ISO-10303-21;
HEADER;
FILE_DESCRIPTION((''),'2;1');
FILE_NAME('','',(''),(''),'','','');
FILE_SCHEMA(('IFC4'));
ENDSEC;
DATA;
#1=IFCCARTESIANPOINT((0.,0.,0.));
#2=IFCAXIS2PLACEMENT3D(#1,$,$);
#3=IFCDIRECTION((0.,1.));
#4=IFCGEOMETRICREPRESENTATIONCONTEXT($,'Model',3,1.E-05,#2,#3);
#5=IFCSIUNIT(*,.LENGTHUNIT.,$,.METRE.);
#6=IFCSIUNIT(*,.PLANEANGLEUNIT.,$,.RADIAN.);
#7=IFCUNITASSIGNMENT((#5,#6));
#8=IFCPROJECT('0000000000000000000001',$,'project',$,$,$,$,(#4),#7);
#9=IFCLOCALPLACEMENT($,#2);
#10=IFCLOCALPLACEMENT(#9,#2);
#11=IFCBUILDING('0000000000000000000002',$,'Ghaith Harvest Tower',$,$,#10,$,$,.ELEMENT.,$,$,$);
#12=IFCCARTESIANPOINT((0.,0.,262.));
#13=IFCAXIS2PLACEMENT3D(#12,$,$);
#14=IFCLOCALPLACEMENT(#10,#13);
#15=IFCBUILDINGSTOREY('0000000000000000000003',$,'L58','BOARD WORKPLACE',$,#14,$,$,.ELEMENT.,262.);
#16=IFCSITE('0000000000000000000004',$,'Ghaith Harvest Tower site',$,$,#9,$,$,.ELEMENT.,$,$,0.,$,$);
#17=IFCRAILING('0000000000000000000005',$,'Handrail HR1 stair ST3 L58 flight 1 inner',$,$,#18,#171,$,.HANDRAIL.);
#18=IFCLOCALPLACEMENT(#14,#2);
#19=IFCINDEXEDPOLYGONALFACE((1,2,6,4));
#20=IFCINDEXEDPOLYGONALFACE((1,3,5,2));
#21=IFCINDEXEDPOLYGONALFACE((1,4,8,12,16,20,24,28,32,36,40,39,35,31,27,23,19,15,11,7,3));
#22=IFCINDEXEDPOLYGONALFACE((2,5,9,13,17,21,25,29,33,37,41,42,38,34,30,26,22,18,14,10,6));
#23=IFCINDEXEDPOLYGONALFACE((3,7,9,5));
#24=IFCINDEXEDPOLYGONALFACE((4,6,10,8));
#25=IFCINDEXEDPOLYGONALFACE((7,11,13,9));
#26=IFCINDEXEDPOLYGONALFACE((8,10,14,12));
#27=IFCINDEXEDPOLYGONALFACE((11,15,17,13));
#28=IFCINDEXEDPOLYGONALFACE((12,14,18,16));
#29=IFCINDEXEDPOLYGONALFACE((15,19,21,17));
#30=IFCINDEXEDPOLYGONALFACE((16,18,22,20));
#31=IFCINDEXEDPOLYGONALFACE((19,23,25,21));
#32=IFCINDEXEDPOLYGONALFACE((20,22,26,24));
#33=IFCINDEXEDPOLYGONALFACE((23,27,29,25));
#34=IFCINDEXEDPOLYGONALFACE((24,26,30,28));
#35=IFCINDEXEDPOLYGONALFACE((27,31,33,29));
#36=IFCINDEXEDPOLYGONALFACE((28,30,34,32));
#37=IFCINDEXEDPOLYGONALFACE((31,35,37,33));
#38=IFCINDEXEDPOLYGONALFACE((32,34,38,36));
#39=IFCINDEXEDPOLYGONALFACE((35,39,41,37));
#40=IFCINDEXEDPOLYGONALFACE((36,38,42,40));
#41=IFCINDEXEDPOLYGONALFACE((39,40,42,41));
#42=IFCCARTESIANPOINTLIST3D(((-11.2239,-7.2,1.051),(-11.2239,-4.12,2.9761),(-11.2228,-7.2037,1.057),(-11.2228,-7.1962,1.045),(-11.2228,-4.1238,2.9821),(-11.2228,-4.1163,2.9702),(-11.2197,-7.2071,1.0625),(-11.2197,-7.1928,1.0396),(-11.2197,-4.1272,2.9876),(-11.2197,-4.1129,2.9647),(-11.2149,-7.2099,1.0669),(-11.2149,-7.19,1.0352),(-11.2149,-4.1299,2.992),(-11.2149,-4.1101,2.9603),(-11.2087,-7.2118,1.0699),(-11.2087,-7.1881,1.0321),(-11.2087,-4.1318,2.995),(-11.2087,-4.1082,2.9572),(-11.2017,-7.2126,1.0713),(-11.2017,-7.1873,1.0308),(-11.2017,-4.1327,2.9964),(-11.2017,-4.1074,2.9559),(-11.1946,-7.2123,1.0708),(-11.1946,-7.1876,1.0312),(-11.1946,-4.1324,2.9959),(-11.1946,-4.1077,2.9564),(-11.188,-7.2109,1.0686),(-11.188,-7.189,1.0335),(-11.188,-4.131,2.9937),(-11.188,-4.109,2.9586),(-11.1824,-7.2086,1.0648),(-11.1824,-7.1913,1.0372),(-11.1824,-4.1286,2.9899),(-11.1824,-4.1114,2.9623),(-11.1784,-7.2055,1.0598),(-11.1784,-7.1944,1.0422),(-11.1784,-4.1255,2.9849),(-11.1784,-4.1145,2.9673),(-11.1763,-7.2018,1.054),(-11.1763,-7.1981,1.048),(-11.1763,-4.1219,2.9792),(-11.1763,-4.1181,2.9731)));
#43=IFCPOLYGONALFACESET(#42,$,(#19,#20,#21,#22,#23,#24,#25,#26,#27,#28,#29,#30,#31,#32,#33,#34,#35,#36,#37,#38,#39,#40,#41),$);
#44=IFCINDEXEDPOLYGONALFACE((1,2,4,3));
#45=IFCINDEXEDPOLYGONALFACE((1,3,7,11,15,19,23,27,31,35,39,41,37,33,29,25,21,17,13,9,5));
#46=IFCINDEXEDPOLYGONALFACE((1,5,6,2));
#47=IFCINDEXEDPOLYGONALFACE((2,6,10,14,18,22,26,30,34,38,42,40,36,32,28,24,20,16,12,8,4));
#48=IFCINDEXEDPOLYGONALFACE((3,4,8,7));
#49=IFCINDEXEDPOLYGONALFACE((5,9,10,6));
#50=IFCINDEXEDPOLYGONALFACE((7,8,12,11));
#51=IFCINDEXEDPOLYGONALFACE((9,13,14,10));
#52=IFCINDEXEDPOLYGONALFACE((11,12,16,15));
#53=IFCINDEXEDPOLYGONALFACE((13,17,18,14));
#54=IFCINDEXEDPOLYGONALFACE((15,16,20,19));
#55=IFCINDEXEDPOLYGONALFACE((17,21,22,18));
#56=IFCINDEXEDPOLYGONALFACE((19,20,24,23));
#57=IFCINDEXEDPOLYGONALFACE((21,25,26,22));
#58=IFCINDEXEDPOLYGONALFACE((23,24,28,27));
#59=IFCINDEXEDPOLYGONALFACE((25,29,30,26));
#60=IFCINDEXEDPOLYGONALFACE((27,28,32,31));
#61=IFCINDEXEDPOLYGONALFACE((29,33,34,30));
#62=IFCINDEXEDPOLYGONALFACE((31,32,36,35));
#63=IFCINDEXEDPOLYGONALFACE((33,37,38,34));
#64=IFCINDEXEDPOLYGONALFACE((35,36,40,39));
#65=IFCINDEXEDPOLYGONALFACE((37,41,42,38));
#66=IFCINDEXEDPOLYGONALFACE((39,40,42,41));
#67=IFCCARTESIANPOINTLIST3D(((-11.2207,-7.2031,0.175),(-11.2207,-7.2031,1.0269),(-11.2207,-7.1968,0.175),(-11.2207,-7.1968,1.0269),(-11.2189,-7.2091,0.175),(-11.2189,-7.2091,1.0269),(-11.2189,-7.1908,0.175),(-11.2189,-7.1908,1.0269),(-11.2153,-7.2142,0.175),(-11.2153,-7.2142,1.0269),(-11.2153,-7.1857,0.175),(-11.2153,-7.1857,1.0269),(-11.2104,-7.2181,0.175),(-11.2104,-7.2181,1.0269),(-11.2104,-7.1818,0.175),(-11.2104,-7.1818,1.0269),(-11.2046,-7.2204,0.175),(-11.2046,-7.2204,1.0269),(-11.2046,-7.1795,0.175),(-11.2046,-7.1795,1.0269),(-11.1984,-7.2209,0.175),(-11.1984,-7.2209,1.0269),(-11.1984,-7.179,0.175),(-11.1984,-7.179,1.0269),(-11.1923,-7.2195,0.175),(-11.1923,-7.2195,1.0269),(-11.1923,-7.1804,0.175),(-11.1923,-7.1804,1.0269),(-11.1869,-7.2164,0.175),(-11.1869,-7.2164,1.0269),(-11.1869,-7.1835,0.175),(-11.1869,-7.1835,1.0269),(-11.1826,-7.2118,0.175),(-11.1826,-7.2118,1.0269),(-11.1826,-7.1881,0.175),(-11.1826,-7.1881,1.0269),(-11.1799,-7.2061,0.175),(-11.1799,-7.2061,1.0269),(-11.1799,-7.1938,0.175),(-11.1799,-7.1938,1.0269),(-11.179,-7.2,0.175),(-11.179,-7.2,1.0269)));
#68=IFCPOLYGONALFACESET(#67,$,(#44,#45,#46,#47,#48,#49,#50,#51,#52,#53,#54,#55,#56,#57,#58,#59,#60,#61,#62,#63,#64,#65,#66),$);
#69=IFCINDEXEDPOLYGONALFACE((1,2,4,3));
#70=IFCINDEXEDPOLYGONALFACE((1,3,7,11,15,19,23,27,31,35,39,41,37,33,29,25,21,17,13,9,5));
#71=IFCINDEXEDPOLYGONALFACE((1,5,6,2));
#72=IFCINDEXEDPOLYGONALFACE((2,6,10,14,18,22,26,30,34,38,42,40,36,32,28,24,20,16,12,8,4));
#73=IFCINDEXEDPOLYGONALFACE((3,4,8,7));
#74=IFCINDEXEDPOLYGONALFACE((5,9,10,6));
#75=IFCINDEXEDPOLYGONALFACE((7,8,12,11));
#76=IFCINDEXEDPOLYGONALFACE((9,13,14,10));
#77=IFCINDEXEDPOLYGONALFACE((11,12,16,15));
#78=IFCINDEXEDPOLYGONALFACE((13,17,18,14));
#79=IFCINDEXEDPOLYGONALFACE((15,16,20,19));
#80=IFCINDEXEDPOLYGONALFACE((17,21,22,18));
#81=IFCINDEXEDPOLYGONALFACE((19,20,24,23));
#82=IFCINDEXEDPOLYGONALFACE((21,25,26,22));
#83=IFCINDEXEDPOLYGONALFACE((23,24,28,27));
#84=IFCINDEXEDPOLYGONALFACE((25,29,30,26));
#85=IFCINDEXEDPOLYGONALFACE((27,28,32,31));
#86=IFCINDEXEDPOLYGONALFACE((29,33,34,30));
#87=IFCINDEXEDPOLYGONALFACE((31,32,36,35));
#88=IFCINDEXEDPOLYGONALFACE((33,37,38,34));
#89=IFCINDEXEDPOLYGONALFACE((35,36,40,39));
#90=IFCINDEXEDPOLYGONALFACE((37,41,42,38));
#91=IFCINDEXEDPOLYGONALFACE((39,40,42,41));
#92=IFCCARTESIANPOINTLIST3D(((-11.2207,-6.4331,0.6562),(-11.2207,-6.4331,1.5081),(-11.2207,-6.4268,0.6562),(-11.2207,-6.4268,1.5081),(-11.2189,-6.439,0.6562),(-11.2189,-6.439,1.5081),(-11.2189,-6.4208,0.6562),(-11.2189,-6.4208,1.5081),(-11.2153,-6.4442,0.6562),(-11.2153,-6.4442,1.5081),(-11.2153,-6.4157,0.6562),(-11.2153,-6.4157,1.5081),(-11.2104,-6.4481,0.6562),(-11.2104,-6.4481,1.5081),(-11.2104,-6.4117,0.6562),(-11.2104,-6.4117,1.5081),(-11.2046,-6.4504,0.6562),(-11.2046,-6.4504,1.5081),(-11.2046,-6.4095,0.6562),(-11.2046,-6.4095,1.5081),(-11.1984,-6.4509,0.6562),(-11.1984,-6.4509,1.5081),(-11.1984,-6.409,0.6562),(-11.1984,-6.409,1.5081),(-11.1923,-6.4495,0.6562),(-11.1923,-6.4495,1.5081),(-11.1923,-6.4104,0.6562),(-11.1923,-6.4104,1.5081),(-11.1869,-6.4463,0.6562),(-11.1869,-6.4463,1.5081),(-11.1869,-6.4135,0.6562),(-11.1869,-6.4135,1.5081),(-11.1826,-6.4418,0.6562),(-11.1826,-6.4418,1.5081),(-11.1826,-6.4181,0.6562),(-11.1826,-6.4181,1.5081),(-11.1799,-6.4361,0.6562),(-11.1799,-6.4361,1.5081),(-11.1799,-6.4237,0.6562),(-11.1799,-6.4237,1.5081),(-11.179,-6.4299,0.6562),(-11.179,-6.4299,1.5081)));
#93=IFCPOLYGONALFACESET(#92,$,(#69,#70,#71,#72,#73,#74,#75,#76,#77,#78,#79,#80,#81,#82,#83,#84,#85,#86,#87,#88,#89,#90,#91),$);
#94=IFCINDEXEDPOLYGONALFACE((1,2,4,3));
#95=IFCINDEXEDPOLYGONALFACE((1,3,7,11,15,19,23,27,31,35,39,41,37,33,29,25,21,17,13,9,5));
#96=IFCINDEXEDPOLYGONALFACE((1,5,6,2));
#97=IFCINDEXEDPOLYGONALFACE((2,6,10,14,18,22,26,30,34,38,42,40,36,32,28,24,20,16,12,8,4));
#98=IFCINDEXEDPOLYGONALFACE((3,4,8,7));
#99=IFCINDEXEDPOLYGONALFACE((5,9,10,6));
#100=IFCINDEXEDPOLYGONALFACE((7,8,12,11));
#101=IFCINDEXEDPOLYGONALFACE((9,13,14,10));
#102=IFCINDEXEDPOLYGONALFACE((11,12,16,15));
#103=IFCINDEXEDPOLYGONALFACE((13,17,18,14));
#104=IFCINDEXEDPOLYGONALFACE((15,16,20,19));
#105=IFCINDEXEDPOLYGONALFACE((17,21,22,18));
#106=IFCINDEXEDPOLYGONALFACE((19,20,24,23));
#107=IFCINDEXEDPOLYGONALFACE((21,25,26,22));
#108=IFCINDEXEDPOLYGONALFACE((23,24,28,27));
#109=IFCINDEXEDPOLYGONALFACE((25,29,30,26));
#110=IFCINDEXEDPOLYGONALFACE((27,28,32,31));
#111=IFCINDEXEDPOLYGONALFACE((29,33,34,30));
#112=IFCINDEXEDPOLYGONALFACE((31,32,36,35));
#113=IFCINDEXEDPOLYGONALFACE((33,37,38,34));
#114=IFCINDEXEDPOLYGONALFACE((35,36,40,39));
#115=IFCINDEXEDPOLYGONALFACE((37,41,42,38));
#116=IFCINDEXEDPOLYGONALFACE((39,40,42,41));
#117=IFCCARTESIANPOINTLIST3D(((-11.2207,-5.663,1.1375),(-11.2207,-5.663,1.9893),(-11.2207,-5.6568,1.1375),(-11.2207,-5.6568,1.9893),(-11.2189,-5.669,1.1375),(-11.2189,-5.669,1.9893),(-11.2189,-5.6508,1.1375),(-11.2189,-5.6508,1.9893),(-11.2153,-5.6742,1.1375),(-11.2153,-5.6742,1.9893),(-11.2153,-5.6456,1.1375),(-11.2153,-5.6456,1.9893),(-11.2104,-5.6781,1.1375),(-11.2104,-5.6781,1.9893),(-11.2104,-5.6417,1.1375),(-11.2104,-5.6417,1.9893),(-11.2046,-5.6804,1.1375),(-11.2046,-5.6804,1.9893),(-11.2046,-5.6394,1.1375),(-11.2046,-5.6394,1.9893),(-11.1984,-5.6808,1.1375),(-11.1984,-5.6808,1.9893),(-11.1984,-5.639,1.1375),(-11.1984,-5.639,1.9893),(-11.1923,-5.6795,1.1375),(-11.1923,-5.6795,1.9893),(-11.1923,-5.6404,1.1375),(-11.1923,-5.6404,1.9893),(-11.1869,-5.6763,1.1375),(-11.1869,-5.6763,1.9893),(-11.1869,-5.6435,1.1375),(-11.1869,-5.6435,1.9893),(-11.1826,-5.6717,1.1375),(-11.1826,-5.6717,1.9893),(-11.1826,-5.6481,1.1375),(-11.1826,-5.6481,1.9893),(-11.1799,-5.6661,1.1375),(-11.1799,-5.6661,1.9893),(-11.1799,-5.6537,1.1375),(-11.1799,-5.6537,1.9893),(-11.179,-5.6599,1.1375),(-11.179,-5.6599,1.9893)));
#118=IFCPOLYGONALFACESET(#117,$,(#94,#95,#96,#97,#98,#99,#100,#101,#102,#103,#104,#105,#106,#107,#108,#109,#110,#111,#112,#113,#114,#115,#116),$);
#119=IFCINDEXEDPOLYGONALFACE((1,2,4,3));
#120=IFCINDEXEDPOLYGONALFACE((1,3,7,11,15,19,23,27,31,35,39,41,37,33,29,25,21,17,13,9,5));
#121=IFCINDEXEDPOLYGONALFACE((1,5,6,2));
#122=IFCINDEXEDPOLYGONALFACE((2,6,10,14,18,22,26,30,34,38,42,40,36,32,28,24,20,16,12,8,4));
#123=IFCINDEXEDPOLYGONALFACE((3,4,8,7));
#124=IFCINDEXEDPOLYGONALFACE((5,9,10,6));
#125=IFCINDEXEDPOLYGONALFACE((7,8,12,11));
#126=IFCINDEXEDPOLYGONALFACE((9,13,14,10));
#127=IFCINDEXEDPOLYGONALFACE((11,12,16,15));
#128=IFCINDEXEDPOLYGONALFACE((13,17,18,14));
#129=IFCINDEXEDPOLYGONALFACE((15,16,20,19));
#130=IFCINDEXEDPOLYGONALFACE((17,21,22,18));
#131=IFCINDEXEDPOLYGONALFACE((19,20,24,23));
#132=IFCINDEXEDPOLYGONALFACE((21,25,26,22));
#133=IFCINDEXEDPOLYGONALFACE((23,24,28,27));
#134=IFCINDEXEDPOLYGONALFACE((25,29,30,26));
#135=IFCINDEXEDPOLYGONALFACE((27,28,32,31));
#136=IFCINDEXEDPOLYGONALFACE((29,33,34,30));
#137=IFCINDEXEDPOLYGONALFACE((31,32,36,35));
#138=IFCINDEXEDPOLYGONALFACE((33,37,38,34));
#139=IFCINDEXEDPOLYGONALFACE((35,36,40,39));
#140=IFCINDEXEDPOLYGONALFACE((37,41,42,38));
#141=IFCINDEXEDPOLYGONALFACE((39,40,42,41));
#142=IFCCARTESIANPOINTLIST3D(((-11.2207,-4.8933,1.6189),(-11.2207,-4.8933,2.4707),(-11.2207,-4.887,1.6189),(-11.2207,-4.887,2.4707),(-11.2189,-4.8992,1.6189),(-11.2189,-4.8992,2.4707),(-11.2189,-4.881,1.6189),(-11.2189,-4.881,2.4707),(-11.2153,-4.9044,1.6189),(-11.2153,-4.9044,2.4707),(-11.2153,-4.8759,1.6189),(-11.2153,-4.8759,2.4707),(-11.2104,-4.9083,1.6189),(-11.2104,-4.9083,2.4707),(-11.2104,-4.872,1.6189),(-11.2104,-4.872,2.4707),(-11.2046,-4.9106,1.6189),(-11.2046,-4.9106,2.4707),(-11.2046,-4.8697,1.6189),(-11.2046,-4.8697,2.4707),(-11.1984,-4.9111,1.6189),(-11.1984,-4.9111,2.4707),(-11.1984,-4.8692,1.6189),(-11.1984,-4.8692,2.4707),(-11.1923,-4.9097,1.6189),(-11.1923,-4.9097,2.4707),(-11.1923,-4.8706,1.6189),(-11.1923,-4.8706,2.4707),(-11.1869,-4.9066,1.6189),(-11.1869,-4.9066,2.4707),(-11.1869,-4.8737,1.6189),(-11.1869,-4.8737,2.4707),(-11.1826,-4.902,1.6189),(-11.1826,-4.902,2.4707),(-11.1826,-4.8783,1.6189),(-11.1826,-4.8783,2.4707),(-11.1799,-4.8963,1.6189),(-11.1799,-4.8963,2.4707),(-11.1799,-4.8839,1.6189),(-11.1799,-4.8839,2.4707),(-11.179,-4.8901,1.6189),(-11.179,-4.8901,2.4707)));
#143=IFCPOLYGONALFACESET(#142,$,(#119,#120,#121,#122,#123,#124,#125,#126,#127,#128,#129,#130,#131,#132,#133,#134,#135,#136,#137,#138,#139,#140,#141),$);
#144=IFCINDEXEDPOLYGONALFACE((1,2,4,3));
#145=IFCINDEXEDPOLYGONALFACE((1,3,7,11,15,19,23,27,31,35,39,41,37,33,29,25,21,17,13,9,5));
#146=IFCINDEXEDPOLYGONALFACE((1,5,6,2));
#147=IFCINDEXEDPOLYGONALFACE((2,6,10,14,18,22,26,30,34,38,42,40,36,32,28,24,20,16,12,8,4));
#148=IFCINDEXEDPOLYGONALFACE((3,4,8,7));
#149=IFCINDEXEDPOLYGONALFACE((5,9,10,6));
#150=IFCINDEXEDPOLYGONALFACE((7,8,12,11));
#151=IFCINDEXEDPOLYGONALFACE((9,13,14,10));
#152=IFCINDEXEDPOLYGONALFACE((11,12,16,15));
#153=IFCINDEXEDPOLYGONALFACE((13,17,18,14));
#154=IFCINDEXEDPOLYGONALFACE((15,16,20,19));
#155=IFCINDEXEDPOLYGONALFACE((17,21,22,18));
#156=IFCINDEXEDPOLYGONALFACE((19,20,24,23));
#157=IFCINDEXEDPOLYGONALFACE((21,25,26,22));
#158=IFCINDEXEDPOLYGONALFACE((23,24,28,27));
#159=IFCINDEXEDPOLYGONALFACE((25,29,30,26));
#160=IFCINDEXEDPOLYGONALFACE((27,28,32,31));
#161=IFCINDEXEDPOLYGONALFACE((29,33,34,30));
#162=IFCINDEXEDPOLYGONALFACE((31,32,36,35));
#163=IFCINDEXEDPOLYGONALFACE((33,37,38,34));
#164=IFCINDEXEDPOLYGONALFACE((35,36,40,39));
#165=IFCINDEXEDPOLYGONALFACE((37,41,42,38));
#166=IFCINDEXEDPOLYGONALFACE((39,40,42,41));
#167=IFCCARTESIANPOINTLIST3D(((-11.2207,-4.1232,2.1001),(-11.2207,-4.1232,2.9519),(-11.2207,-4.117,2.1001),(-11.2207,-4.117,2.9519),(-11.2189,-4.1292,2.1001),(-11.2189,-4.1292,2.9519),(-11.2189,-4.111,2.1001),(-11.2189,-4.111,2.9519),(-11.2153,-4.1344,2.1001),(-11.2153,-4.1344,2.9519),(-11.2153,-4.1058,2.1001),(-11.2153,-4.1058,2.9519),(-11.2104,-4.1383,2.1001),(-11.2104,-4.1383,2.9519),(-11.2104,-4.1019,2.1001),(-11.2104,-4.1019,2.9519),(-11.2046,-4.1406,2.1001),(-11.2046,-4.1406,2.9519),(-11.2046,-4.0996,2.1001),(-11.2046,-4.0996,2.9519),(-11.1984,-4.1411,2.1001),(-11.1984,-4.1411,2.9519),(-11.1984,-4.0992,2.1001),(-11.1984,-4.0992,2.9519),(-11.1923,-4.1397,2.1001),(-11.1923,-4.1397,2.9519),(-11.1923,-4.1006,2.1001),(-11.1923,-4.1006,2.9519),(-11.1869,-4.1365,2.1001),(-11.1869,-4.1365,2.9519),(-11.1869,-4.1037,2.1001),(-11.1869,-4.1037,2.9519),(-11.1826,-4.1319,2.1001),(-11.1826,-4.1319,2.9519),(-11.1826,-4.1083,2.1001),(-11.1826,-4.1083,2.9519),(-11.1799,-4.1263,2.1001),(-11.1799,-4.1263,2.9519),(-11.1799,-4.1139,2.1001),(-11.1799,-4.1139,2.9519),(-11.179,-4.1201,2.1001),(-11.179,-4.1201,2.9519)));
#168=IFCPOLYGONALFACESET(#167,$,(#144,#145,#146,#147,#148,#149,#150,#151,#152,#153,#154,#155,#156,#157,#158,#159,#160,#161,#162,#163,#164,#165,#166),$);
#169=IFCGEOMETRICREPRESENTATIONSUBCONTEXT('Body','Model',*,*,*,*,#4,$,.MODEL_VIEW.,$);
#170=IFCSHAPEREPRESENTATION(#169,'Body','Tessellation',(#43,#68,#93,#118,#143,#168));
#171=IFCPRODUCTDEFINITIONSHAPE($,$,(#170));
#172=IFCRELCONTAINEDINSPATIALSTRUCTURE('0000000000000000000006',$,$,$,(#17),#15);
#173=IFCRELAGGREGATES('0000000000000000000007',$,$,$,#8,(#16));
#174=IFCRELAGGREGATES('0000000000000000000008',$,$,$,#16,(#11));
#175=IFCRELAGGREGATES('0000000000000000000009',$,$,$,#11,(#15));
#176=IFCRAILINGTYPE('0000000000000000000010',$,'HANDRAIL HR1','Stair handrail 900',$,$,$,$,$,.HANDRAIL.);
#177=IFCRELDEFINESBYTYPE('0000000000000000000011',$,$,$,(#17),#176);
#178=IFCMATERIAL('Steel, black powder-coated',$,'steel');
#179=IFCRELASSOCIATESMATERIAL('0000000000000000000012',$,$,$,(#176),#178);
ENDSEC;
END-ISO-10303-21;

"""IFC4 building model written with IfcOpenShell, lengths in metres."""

from ifc_helpers import new_model, si_unit, direction, frame, origin, origin_2d, place, context, subcontext, project, spatial, circle, extrude, material, type_object, element, save


model = new_model("IFC4")

# Units and contexts
model_context = context("Model", 3, precision=1e-05, world=origin(), true_north=direction((0.0, 1.0)))
body_context = subcontext(model_context, "Body", "Model", "MODEL_VIEW")
ifc_project = project(units=[si_unit("LENGTHUNIT", "METRE"), si_unit("PLANEANGLEUNIT", "RADIAN")], contexts=[model_context])

# Site, building, storey
site_placement = place(None, origin())
site = spatial("IfcSite", under=ifc_project, at=site_placement, Name="Ghaith Harvest Tower site", CompositionType="ELEMENT", RefElevation=0.0)
building_placement = place(site_placement, origin())
building = spatial("IfcBuilding", under=site, at=building_placement, Name="Ghaith Harvest Tower", CompositionType="ELEMENT")
storey_placement = place(building_placement, frame((0.0, 0.0, 262.0)))
storey = spatial("IfcBuildingStorey", under=building, at=storey_placement, Name="L58", Description="BOARD WORKPLACE", CompositionType="ELEMENT", Elevation=262.0)

# Railing
ifc_material_1 = material(Name="Steel, black powder-coated", Category="steel")
railing_type = type_object("IfcRailingType", Name="HANDRAIL HR1", Description="Stair handrail 900", PredefinedType="HANDRAIL", material=ifc_material_1)
railing_1_placement = place(storey_placement, frame((-11.2, -7.2, 0.175)))
element("IfcRailing", 1, at=railing_1_placement, inside=storey, type_object=railing_type, Name="Handrail HR1 stair ST3 L58 flight 1 inner", PredefinedType="HANDRAIL", context=body_context, shape_type="SweptSolid", body=[
    extrude(circle(Radius=0.0239, at=origin_2d()), frame((0.0, 0.0, 0.876), z_axis=(0.0, 0.847979, 0.530029), x_axis=(-1.0, 0.0, 0.0)), (0.0, 0.0, 1.0), 3.6321),
    extrude(circle(Radius=0.021, at=origin_2d()), origin(), (0.0, 0.0, 1.0), 0.8518),
    extrude(circle(Radius=0.021, at=origin_2d()), frame((0.0, 0.77, 0.4812)), (0.0, 0.0, 1.0), 0.8518),
    extrude(circle(Radius=0.021, at=origin_2d()), frame((0.0, 1.54, 0.9624)), (0.0, 0.0, 1.0), 0.8518),
    extrude(circle(Radius=0.021, at=origin_2d()), frame((0.0, 2.3098, 1.4438)), (0.0, 0.0, 1.0), 0.8518),
    extrude(circle(Radius=0.021, at=origin_2d()), frame((0.0, 3.0798, 1.925)), (0.0, 0.0, 1.0), 0.8518),
])

save(model, "model.ifc")
